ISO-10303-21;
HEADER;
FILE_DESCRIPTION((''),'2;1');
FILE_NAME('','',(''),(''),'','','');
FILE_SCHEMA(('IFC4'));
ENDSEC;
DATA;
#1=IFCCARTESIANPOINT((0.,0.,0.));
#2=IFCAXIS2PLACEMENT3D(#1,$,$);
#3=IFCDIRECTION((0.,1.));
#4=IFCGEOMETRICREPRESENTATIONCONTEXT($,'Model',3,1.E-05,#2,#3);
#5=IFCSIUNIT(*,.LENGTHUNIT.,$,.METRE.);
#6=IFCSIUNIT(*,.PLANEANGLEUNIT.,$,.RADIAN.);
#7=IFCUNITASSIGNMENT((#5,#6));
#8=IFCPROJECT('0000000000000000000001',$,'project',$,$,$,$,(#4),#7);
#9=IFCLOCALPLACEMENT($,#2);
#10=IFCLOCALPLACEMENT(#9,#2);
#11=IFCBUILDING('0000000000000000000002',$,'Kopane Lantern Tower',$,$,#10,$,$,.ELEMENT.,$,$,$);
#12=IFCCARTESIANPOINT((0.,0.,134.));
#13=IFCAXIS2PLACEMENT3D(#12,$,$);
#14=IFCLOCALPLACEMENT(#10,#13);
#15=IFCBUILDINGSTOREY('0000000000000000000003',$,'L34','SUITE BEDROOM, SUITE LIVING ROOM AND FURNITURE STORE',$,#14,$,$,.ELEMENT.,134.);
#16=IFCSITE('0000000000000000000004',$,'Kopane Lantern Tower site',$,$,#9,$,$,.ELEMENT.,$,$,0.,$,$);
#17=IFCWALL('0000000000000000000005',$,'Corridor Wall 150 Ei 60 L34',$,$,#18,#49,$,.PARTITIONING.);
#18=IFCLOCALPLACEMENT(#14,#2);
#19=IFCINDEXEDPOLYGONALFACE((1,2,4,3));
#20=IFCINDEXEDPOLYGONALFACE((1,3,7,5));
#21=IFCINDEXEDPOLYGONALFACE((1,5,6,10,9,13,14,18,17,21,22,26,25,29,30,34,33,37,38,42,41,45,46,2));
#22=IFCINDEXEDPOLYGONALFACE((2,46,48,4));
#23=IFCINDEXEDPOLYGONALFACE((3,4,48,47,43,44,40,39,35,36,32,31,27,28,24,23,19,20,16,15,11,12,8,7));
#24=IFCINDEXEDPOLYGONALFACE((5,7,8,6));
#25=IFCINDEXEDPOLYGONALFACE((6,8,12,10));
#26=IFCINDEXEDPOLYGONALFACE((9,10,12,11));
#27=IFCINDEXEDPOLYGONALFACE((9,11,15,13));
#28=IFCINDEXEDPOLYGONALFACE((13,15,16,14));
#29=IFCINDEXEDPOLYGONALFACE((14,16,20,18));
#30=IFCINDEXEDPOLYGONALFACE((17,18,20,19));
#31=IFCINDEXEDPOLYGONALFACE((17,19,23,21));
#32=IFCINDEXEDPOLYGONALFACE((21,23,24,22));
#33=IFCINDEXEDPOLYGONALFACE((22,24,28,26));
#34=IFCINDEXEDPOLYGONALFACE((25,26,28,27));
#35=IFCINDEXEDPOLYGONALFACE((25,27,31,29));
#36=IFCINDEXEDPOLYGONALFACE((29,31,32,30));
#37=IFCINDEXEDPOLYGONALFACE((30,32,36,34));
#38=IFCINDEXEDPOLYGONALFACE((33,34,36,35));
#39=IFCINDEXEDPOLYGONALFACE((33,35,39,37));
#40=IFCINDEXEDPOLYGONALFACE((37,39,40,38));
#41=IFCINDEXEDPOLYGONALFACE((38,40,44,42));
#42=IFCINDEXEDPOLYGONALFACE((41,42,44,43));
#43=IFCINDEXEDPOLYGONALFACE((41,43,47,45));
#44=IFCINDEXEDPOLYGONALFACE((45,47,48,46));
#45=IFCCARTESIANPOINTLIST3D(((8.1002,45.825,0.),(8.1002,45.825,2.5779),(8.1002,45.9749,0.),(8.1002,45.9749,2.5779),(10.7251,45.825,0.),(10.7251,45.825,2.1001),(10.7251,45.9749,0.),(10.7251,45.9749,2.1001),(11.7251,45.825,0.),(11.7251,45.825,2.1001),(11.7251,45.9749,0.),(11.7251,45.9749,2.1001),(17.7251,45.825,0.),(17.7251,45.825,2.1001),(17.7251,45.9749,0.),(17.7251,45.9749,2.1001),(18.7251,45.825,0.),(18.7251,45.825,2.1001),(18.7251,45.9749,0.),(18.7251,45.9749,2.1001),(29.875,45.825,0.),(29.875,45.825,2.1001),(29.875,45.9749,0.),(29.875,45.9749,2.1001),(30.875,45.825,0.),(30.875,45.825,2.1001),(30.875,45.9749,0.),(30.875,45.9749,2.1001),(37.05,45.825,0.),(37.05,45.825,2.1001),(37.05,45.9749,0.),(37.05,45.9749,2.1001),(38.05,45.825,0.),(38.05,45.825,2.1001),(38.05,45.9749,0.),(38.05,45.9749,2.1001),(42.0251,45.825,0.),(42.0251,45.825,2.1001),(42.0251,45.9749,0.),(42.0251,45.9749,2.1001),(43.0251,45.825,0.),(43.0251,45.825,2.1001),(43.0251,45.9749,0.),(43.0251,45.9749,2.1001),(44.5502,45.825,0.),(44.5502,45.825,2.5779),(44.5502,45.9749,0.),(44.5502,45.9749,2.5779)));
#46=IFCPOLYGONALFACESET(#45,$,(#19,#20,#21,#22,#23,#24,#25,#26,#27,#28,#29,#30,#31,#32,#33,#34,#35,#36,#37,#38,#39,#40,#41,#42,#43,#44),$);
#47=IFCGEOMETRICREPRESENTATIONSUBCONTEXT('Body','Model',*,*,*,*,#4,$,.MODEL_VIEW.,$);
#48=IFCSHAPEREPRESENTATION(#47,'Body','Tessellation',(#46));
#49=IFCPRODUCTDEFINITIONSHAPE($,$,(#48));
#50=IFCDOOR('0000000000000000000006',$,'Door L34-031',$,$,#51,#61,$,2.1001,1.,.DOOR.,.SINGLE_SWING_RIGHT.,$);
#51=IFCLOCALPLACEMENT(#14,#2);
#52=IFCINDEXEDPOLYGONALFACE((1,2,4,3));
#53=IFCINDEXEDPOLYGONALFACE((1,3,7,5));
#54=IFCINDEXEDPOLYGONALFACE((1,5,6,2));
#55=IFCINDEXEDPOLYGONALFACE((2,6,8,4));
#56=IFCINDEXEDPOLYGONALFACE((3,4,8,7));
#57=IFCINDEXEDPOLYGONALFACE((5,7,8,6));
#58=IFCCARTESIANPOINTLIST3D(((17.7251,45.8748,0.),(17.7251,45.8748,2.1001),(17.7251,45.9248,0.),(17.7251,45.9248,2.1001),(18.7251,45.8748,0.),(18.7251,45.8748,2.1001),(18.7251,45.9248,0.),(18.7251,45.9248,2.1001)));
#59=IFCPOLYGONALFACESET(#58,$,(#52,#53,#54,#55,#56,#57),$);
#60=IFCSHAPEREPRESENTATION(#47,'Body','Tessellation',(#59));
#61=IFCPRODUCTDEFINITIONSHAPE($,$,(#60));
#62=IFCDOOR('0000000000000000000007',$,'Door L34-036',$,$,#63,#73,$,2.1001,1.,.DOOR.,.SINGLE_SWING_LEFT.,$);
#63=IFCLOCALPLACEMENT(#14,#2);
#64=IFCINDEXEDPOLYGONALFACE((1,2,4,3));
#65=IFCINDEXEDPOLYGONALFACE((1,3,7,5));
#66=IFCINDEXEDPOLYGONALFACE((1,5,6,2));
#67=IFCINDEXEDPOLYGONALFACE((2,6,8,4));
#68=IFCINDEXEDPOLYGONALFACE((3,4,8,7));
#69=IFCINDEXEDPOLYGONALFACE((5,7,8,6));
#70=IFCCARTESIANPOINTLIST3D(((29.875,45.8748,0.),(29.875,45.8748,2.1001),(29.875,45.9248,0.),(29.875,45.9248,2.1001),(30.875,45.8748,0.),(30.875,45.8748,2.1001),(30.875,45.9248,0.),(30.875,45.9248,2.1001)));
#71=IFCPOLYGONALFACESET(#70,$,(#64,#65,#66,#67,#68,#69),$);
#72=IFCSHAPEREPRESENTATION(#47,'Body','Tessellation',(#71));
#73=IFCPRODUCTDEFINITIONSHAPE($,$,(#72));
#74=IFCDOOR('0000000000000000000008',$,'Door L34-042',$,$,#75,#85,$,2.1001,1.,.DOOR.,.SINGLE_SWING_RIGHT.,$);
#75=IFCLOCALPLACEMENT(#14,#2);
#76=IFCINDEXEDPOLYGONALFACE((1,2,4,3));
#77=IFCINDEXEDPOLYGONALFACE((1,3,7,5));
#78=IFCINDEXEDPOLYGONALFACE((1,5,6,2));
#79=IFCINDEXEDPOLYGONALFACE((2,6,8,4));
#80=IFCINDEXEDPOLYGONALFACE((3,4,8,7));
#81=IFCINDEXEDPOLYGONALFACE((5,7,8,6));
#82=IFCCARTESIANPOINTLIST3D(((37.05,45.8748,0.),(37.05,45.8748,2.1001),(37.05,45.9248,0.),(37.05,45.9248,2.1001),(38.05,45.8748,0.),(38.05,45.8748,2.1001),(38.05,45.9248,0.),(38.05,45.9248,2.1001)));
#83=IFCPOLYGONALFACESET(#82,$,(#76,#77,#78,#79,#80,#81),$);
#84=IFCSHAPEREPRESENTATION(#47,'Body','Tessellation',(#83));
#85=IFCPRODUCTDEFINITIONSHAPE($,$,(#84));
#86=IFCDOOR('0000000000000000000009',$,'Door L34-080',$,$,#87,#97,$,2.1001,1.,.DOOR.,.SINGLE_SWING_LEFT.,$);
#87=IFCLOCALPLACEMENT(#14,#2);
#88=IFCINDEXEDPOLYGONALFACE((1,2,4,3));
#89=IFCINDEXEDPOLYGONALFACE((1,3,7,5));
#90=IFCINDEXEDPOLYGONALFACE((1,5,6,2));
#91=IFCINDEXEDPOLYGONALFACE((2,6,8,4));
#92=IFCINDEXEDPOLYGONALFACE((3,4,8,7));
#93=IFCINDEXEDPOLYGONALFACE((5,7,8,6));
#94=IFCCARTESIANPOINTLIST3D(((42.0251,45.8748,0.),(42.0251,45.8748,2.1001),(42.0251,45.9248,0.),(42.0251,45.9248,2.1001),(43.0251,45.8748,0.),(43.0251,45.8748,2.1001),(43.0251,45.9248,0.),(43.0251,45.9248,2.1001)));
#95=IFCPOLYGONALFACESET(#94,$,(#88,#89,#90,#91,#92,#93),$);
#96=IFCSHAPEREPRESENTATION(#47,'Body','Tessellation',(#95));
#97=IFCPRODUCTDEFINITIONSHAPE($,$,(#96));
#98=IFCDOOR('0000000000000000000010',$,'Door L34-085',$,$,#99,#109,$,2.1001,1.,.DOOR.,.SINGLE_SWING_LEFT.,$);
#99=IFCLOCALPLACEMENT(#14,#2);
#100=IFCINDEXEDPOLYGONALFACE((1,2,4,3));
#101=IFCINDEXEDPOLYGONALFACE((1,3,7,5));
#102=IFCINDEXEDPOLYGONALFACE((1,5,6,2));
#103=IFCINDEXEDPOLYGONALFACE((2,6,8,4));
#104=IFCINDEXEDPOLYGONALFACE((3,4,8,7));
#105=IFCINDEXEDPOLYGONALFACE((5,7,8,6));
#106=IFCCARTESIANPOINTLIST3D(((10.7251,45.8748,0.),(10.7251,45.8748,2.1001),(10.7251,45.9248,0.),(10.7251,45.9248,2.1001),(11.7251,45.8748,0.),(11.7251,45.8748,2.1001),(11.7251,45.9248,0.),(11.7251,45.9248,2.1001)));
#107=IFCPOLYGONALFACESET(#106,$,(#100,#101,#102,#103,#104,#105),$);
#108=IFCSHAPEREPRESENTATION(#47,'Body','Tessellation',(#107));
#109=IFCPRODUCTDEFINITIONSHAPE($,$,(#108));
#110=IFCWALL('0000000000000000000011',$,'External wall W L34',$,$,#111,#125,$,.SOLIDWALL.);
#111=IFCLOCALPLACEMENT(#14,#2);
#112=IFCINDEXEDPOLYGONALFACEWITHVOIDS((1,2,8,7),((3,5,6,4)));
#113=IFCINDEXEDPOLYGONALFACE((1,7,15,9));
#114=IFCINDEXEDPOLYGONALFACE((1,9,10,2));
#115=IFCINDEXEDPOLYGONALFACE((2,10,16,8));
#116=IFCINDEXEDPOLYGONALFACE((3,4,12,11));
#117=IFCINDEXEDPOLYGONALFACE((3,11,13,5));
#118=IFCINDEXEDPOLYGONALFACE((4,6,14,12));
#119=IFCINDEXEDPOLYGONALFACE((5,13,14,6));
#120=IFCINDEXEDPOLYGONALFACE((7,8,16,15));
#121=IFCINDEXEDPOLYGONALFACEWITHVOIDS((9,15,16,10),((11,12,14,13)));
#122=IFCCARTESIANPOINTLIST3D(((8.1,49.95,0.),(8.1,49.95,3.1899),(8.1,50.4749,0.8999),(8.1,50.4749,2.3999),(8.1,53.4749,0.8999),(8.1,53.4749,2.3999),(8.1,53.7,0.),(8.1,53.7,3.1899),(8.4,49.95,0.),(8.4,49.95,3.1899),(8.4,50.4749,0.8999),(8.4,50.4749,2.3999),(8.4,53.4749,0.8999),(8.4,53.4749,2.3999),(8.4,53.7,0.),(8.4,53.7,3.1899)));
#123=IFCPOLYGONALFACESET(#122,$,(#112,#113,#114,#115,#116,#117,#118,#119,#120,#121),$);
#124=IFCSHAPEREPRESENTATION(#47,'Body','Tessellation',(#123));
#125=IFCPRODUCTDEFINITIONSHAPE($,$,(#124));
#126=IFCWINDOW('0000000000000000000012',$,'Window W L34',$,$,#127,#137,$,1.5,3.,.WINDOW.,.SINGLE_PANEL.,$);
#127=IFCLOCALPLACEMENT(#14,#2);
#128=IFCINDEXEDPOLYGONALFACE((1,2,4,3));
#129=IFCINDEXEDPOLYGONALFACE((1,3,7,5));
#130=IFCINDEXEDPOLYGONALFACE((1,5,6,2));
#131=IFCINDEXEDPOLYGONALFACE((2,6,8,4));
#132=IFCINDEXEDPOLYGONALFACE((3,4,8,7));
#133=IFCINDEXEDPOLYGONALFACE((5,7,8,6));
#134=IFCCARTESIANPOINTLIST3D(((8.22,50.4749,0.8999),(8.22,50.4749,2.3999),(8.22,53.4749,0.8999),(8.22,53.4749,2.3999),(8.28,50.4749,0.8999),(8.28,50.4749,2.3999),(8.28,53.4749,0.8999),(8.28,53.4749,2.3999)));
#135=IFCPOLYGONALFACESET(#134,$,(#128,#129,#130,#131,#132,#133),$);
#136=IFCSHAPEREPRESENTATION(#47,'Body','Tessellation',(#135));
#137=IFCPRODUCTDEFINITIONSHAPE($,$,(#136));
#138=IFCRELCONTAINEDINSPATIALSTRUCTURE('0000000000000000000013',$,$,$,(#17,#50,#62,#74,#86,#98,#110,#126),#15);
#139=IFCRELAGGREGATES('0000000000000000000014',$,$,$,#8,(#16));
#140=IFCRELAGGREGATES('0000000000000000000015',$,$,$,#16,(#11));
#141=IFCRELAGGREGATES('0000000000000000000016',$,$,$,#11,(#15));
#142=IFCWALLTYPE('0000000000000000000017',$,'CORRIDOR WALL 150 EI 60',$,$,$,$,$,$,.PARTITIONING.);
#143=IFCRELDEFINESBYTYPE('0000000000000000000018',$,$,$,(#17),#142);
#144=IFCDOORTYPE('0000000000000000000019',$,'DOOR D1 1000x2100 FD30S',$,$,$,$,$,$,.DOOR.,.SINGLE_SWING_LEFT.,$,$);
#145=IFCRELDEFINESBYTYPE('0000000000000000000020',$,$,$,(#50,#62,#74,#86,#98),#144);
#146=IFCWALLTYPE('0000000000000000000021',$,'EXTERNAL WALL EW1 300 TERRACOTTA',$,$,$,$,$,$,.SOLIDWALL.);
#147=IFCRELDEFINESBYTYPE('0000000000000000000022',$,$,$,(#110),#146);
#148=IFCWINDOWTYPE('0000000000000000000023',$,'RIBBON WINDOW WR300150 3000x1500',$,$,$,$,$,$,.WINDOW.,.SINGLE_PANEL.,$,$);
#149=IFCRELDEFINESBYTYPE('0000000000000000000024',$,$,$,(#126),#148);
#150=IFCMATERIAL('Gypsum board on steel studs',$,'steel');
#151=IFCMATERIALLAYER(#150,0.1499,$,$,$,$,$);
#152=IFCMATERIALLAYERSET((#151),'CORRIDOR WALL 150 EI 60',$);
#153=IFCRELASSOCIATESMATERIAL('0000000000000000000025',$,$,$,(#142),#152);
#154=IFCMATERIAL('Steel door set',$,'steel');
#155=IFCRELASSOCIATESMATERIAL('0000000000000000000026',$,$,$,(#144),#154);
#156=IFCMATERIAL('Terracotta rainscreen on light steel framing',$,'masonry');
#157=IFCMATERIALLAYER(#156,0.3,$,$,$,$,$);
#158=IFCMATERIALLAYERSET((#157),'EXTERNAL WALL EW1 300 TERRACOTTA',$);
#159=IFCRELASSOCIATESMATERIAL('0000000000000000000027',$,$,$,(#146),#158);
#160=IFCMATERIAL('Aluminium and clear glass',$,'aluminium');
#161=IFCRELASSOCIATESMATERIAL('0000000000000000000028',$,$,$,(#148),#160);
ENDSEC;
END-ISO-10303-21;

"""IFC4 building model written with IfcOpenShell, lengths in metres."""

from ifc_helpers import new_model, si_unit, direction, frame, frame_2d, origin, place, context, subcontext, project, spatial, rectangle, extrude, material, layer, layer_set, type_object, element, fill, save


model = new_model("IFC4")

# Units and contexts
model_context = context("Model", 3, precision=1e-05, world=origin(), true_north=direction((0.0, 1.0)))
body_context = subcontext(model_context, "Body", "Model", "MODEL_VIEW")
ifc_project = project(units=[si_unit("LENGTHUNIT", "METRE"), si_unit("PLANEANGLEUNIT", "RADIAN")], contexts=[model_context])

# Site, building, storey
site_placement = place(None, origin())
site = spatial("IfcSite", under=ifc_project, at=site_placement, Name="Kopane Lantern Tower site", CompositionType="ELEMENT", RefElevation=0.0)
building_placement = place(site_placement, origin())
building = spatial("IfcBuilding", under=site, at=building_placement, Name="Kopane Lantern Tower", CompositionType="ELEMENT")
storey_placement = place(building_placement, frame((0.0, 0.0, 134.0)))
storey = spatial("IfcBuildingStorey", under=building, at=storey_placement, Name="L34", Description="SUITE BEDROOM, SUITE LIVING ROOM AND FURNITURE STORE", CompositionType="ELEMENT", Elevation=134.0)

# Wall, openings, doors
ifc_material_1 = material(Name="Gypsum board on steel studs", Category="steel")
ifc_layer_1 = layer(ifc_material_1, 0.1499)
ifc_layer_set_1 = layer_set([ifc_layer_1], Name="CORRIDOR WALL 150 EI 60")
wall_type_1 = type_object("IfcWallType", Name="CORRIDOR WALL 150 EI 60", PredefinedType="PARTITIONING", material=ifc_layer_set_1)
wall_1_placement = place(storey_placement, frame((8.1001, 45.8999, 0.0), z_axis=(0.0, 0.0, 1.0), x_axis=(1.0, 0.0, 0.0)))
wall_1 = element("IfcWall", 1, at=wall_1_placement, inside=storey, type_object=wall_type_1, Name="Corridor Wall 150 Ei 60 L34", PredefinedType="PARTITIONING", context=body_context, shape_type="SweptSolid", body=[
    extrude(rectangle(XDim=36.45, YDim=0.1499, at=frame_2d((18.2251, 0.0))), origin(), (0.0, 0.0, 1.0), 2.5779),
])
opening_1_placement = place(wall_1_placement, frame((9.625, 0.0, 0.0)))
opening_1 = element("IfcOpeningElement", 2, at=opening_1_placement, cuts=wall_1, PredefinedType="OPENING", context=body_context, shape_type="SweptSolid", body=[
    extrude(rectangle(XDim=1.0, YDim=2.1001, at=frame_2d((0.5, 1.05))), frame((0.0, 0.085, 0.0), z_axis=(0.0, -1.0, 0.0), x_axis=(1.0, 0.0, 0.0)), (0.0, 0.0, 1.0), 0.1699),
])
opening_2_placement = place(wall_1_placement, frame((21.7749, 0.0, 0.0)))
opening_2 = element("IfcOpeningElement", 3, at=opening_2_placement, cuts=wall_1, PredefinedType="OPENING", context=body_context, shape_type="SweptSolid", body=[
    extrude(rectangle(XDim=1.0, YDim=2.1001, at=frame_2d((0.5, 1.05))), frame((0.0, 0.085, 0.0), z_axis=(0.0, -1.0, 0.0), x_axis=(1.0, 0.0, 0.0)), (0.0, 0.0, 1.0), 0.1699),
])
opening_3_placement = place(wall_1_placement, frame((28.95, 0.0, 0.0)))
opening_3 = element("IfcOpeningElement", 4, at=opening_3_placement, cuts=wall_1, PredefinedType="OPENING", context=body_context, shape_type="SweptSolid", body=[
    extrude(rectangle(XDim=1.0, YDim=2.1001, at=frame_2d((0.5, 1.05))), frame((0.0, 0.085, 0.0), z_axis=(0.0, -1.0, 0.0), x_axis=(1.0, 0.0, 0.0)), (0.0, 0.0, 1.0), 0.1699),
])
opening_4_placement = place(wall_1_placement, frame((33.925, 0.0, 0.0)))
opening_4 = element("IfcOpeningElement", 5, at=opening_4_placement, cuts=wall_1, PredefinedType="OPENING", context=body_context, shape_type="SweptSolid", body=[
    extrude(rectangle(XDim=1.0, YDim=2.1001, at=frame_2d((0.5, 1.05))), frame((0.0, 0.085, 0.0), z_axis=(0.0, -1.0, 0.0), x_axis=(1.0, 0.0, 0.0)), (0.0, 0.0, 1.0), 0.1699),
])
opening_5_placement = place(wall_1_placement, frame((2.625, 0.0, 0.0)))
opening_5 = element("IfcOpeningElement", 6, at=opening_5_placement, cuts=wall_1, PredefinedType="OPENING", context=body_context, shape_type="SweptSolid", body=[
    extrude(rectangle(XDim=1.0, YDim=2.1001, at=frame_2d((0.5, 1.05))), frame((0.0, 0.085, 0.0), z_axis=(0.0, -1.0, 0.0), x_axis=(1.0, 0.0, 0.0)), (0.0, 0.0, 1.0), 0.1699),
])
ifc_material_2 = material(Name="Steel door set", Category="steel")
door_type_1 = type_object("IfcDoorType", Name="DOOR D1 1000x2100 FD30S", OperationType="SINGLE_SWING_LEFT", PredefinedType="DOOR", material=ifc_material_2)
door_1_placement = place(opening_1_placement, origin())
door_1 = element("IfcDoor", 7, at=door_1_placement, inside=storey, type_object=door_type_1, Name="Door L34-031", OperationType="SINGLE_SWING_RIGHT", OverallHeight=2.1001, OverallWidth=1.0, PredefinedType="DOOR", context=body_context, shape_type="SweptSolid", body=[
    extrude(rectangle(XDim=1.0, YDim=2.1001, at=frame_2d((0.5, 1.05))), frame((0.0, 0.0249, 0.0), z_axis=(0.0, -1.0, 0.0), x_axis=(1.0, 0.0, 0.0)), (0.0, 0.0, 1.0), 0.05),
])
fill(opening_1, door_1)
door_2_placement = place(opening_2_placement, origin())
door_2 = element("IfcDoor", 8, at=door_2_placement, inside=storey, type_object=door_type_1, Name="Door L34-036", OperationType="SINGLE_SWING_LEFT", OverallHeight=2.1001, OverallWidth=1.0, PredefinedType="DOOR", context=body_context, shape_type="SweptSolid", body=[
    extrude(rectangle(XDim=1.0, YDim=2.1001, at=frame_2d((0.5, 1.05))), frame((0.0, 0.0249, 0.0), z_axis=(0.0, -1.0, 0.0), x_axis=(1.0, 0.0, 0.0)), (0.0, 0.0, 1.0), 0.05),
])
fill(opening_2, door_2)
door_3_placement = place(opening_3_placement, origin())
door_3 = element("IfcDoor", 9, at=door_3_placement, inside=storey, type_object=door_type_1, Name="Door L34-042", OperationType="SINGLE_SWING_RIGHT", OverallHeight=2.1001, OverallWidth=1.0, PredefinedType="DOOR", context=body_context, shape_type="SweptSolid", body=[
    extrude(rectangle(XDim=1.0, YDim=2.1001, at=frame_2d((0.5, 1.05))), frame((0.0, 0.0249, 0.0), z_axis=(0.0, -1.0, 0.0), x_axis=(1.0, 0.0, 0.0)), (0.0, 0.0, 1.0), 0.05),
])
fill(opening_3, door_3)
door_4_placement = place(opening_4_placement, origin())
door_4 = element("IfcDoor", 10, at=door_4_placement, inside=storey, type_object=door_type_1, Name="Door L34-080", OperationType="SINGLE_SWING_LEFT", OverallHeight=2.1001, OverallWidth=1.0, PredefinedType="DOOR", context=body_context, shape_type="SweptSolid", body=[
    extrude(rectangle(XDim=1.0, YDim=2.1001, at=frame_2d((0.5, 1.05))), frame((0.0, 0.0249, 0.0), z_axis=(0.0, -1.0, 0.0), x_axis=(1.0, 0.0, 0.0)), (0.0, 0.0, 1.0), 0.05),
])
fill(opening_4, door_4)
door_5_placement = place(opening_5_placement, origin())
door_5 = element("IfcDoor", 11, at=door_5_placement, inside=storey, type_object=door_type_1, Name="Door L34-085", OperationType="SINGLE_SWING_LEFT", OverallHeight=2.1001, OverallWidth=1.0, PredefinedType="DOOR", context=body_context, shape_type="SweptSolid", body=[
    extrude(rectangle(XDim=1.0, YDim=2.1001, at=frame_2d((0.5, 1.05))), frame((0.0, 0.0249, 0.0), z_axis=(0.0, -1.0, 0.0), x_axis=(1.0, 0.0, 0.0)), (0.0, 0.0, 1.0), 0.05),
])
fill(opening_5, door_5)

# Wall, opening, window
ifc_material_3 = material(Name="Terracotta rainscreen on light steel framing", Category="masonry")
ifc_layer_2 = layer(ifc_material_3, 0.3)
ifc_layer_set_2 = layer_set([ifc_layer_2], Name="EXTERNAL WALL EW1 300 TERRACOTTA")
wall_type_2 = type_object("IfcWallType", Name="EXTERNAL WALL EW1 300 TERRACOTTA", PredefinedType="SOLIDWALL", material=ifc_layer_set_2)
wall_2_placement = place(storey_placement, frame((8.25, 53.7, 0.0), z_axis=(0.0, 0.0, 1.0), x_axis=(0.0, -1.0, 0.0)))
wall_2 = element("IfcWall", 12, at=wall_2_placement, inside=storey, type_object=wall_type_2, Name="External wall W L34", PredefinedType="SOLIDWALL", context=body_context, shape_type="SweptSolid", body=[
    extrude(rectangle(XDim=3.75, YDim=0.3, at=frame_2d((1.875, 0.0))), origin(), (0.0, 0.0, 1.0), 3.1899),
])
opening_6_placement = place(wall_2_placement, frame((0.2251, 0.0, 0.8999)))
opening_6 = element("IfcOpeningElement", 13, at=opening_6_placement, cuts=wall_2, PredefinedType="OPENING", context=body_context, shape_type="SweptSolid", body=[
    extrude(rectangle(XDim=3.0, YDim=1.5, at=frame_2d((1.5, 0.75))), frame((0.0, 0.1599, 0.0), z_axis=(0.0, -1.0, 0.0), x_axis=(1.0, 0.0, 0.0)), (0.0, 0.0, 1.0), 0.3201),
])
ifc_material_4 = material(Name="Aluminium and clear glass", Category="aluminium")
window_type = type_object("IfcWindowType", Name="RIBBON WINDOW WR300150 3000x1500", PartitioningType="SINGLE_PANEL", PredefinedType="WINDOW", material=ifc_material_4)
window_1_placement = place(opening_6_placement, origin())
window_1 = element("IfcWindow", 14, at=window_1_placement, inside=storey, type_object=window_type, Name="Window W L34", OverallHeight=1.5, OverallWidth=3.0, PartitioningType="SINGLE_PANEL", PredefinedType="WINDOW", context=body_context, shape_type="SweptSolid", body=[
    extrude(rectangle(XDim=3.0, YDim=1.5, at=frame_2d((1.5, 0.75))), frame((0.0, 0.03, 0.0), z_axis=(0.0, -1.0, 0.0), x_axis=(1.0, 0.0, 0.0)), (0.0, 0.0, 1.0), 0.0601),
])
fill(opening_6, window_1)

save(model, "model.ifc")
